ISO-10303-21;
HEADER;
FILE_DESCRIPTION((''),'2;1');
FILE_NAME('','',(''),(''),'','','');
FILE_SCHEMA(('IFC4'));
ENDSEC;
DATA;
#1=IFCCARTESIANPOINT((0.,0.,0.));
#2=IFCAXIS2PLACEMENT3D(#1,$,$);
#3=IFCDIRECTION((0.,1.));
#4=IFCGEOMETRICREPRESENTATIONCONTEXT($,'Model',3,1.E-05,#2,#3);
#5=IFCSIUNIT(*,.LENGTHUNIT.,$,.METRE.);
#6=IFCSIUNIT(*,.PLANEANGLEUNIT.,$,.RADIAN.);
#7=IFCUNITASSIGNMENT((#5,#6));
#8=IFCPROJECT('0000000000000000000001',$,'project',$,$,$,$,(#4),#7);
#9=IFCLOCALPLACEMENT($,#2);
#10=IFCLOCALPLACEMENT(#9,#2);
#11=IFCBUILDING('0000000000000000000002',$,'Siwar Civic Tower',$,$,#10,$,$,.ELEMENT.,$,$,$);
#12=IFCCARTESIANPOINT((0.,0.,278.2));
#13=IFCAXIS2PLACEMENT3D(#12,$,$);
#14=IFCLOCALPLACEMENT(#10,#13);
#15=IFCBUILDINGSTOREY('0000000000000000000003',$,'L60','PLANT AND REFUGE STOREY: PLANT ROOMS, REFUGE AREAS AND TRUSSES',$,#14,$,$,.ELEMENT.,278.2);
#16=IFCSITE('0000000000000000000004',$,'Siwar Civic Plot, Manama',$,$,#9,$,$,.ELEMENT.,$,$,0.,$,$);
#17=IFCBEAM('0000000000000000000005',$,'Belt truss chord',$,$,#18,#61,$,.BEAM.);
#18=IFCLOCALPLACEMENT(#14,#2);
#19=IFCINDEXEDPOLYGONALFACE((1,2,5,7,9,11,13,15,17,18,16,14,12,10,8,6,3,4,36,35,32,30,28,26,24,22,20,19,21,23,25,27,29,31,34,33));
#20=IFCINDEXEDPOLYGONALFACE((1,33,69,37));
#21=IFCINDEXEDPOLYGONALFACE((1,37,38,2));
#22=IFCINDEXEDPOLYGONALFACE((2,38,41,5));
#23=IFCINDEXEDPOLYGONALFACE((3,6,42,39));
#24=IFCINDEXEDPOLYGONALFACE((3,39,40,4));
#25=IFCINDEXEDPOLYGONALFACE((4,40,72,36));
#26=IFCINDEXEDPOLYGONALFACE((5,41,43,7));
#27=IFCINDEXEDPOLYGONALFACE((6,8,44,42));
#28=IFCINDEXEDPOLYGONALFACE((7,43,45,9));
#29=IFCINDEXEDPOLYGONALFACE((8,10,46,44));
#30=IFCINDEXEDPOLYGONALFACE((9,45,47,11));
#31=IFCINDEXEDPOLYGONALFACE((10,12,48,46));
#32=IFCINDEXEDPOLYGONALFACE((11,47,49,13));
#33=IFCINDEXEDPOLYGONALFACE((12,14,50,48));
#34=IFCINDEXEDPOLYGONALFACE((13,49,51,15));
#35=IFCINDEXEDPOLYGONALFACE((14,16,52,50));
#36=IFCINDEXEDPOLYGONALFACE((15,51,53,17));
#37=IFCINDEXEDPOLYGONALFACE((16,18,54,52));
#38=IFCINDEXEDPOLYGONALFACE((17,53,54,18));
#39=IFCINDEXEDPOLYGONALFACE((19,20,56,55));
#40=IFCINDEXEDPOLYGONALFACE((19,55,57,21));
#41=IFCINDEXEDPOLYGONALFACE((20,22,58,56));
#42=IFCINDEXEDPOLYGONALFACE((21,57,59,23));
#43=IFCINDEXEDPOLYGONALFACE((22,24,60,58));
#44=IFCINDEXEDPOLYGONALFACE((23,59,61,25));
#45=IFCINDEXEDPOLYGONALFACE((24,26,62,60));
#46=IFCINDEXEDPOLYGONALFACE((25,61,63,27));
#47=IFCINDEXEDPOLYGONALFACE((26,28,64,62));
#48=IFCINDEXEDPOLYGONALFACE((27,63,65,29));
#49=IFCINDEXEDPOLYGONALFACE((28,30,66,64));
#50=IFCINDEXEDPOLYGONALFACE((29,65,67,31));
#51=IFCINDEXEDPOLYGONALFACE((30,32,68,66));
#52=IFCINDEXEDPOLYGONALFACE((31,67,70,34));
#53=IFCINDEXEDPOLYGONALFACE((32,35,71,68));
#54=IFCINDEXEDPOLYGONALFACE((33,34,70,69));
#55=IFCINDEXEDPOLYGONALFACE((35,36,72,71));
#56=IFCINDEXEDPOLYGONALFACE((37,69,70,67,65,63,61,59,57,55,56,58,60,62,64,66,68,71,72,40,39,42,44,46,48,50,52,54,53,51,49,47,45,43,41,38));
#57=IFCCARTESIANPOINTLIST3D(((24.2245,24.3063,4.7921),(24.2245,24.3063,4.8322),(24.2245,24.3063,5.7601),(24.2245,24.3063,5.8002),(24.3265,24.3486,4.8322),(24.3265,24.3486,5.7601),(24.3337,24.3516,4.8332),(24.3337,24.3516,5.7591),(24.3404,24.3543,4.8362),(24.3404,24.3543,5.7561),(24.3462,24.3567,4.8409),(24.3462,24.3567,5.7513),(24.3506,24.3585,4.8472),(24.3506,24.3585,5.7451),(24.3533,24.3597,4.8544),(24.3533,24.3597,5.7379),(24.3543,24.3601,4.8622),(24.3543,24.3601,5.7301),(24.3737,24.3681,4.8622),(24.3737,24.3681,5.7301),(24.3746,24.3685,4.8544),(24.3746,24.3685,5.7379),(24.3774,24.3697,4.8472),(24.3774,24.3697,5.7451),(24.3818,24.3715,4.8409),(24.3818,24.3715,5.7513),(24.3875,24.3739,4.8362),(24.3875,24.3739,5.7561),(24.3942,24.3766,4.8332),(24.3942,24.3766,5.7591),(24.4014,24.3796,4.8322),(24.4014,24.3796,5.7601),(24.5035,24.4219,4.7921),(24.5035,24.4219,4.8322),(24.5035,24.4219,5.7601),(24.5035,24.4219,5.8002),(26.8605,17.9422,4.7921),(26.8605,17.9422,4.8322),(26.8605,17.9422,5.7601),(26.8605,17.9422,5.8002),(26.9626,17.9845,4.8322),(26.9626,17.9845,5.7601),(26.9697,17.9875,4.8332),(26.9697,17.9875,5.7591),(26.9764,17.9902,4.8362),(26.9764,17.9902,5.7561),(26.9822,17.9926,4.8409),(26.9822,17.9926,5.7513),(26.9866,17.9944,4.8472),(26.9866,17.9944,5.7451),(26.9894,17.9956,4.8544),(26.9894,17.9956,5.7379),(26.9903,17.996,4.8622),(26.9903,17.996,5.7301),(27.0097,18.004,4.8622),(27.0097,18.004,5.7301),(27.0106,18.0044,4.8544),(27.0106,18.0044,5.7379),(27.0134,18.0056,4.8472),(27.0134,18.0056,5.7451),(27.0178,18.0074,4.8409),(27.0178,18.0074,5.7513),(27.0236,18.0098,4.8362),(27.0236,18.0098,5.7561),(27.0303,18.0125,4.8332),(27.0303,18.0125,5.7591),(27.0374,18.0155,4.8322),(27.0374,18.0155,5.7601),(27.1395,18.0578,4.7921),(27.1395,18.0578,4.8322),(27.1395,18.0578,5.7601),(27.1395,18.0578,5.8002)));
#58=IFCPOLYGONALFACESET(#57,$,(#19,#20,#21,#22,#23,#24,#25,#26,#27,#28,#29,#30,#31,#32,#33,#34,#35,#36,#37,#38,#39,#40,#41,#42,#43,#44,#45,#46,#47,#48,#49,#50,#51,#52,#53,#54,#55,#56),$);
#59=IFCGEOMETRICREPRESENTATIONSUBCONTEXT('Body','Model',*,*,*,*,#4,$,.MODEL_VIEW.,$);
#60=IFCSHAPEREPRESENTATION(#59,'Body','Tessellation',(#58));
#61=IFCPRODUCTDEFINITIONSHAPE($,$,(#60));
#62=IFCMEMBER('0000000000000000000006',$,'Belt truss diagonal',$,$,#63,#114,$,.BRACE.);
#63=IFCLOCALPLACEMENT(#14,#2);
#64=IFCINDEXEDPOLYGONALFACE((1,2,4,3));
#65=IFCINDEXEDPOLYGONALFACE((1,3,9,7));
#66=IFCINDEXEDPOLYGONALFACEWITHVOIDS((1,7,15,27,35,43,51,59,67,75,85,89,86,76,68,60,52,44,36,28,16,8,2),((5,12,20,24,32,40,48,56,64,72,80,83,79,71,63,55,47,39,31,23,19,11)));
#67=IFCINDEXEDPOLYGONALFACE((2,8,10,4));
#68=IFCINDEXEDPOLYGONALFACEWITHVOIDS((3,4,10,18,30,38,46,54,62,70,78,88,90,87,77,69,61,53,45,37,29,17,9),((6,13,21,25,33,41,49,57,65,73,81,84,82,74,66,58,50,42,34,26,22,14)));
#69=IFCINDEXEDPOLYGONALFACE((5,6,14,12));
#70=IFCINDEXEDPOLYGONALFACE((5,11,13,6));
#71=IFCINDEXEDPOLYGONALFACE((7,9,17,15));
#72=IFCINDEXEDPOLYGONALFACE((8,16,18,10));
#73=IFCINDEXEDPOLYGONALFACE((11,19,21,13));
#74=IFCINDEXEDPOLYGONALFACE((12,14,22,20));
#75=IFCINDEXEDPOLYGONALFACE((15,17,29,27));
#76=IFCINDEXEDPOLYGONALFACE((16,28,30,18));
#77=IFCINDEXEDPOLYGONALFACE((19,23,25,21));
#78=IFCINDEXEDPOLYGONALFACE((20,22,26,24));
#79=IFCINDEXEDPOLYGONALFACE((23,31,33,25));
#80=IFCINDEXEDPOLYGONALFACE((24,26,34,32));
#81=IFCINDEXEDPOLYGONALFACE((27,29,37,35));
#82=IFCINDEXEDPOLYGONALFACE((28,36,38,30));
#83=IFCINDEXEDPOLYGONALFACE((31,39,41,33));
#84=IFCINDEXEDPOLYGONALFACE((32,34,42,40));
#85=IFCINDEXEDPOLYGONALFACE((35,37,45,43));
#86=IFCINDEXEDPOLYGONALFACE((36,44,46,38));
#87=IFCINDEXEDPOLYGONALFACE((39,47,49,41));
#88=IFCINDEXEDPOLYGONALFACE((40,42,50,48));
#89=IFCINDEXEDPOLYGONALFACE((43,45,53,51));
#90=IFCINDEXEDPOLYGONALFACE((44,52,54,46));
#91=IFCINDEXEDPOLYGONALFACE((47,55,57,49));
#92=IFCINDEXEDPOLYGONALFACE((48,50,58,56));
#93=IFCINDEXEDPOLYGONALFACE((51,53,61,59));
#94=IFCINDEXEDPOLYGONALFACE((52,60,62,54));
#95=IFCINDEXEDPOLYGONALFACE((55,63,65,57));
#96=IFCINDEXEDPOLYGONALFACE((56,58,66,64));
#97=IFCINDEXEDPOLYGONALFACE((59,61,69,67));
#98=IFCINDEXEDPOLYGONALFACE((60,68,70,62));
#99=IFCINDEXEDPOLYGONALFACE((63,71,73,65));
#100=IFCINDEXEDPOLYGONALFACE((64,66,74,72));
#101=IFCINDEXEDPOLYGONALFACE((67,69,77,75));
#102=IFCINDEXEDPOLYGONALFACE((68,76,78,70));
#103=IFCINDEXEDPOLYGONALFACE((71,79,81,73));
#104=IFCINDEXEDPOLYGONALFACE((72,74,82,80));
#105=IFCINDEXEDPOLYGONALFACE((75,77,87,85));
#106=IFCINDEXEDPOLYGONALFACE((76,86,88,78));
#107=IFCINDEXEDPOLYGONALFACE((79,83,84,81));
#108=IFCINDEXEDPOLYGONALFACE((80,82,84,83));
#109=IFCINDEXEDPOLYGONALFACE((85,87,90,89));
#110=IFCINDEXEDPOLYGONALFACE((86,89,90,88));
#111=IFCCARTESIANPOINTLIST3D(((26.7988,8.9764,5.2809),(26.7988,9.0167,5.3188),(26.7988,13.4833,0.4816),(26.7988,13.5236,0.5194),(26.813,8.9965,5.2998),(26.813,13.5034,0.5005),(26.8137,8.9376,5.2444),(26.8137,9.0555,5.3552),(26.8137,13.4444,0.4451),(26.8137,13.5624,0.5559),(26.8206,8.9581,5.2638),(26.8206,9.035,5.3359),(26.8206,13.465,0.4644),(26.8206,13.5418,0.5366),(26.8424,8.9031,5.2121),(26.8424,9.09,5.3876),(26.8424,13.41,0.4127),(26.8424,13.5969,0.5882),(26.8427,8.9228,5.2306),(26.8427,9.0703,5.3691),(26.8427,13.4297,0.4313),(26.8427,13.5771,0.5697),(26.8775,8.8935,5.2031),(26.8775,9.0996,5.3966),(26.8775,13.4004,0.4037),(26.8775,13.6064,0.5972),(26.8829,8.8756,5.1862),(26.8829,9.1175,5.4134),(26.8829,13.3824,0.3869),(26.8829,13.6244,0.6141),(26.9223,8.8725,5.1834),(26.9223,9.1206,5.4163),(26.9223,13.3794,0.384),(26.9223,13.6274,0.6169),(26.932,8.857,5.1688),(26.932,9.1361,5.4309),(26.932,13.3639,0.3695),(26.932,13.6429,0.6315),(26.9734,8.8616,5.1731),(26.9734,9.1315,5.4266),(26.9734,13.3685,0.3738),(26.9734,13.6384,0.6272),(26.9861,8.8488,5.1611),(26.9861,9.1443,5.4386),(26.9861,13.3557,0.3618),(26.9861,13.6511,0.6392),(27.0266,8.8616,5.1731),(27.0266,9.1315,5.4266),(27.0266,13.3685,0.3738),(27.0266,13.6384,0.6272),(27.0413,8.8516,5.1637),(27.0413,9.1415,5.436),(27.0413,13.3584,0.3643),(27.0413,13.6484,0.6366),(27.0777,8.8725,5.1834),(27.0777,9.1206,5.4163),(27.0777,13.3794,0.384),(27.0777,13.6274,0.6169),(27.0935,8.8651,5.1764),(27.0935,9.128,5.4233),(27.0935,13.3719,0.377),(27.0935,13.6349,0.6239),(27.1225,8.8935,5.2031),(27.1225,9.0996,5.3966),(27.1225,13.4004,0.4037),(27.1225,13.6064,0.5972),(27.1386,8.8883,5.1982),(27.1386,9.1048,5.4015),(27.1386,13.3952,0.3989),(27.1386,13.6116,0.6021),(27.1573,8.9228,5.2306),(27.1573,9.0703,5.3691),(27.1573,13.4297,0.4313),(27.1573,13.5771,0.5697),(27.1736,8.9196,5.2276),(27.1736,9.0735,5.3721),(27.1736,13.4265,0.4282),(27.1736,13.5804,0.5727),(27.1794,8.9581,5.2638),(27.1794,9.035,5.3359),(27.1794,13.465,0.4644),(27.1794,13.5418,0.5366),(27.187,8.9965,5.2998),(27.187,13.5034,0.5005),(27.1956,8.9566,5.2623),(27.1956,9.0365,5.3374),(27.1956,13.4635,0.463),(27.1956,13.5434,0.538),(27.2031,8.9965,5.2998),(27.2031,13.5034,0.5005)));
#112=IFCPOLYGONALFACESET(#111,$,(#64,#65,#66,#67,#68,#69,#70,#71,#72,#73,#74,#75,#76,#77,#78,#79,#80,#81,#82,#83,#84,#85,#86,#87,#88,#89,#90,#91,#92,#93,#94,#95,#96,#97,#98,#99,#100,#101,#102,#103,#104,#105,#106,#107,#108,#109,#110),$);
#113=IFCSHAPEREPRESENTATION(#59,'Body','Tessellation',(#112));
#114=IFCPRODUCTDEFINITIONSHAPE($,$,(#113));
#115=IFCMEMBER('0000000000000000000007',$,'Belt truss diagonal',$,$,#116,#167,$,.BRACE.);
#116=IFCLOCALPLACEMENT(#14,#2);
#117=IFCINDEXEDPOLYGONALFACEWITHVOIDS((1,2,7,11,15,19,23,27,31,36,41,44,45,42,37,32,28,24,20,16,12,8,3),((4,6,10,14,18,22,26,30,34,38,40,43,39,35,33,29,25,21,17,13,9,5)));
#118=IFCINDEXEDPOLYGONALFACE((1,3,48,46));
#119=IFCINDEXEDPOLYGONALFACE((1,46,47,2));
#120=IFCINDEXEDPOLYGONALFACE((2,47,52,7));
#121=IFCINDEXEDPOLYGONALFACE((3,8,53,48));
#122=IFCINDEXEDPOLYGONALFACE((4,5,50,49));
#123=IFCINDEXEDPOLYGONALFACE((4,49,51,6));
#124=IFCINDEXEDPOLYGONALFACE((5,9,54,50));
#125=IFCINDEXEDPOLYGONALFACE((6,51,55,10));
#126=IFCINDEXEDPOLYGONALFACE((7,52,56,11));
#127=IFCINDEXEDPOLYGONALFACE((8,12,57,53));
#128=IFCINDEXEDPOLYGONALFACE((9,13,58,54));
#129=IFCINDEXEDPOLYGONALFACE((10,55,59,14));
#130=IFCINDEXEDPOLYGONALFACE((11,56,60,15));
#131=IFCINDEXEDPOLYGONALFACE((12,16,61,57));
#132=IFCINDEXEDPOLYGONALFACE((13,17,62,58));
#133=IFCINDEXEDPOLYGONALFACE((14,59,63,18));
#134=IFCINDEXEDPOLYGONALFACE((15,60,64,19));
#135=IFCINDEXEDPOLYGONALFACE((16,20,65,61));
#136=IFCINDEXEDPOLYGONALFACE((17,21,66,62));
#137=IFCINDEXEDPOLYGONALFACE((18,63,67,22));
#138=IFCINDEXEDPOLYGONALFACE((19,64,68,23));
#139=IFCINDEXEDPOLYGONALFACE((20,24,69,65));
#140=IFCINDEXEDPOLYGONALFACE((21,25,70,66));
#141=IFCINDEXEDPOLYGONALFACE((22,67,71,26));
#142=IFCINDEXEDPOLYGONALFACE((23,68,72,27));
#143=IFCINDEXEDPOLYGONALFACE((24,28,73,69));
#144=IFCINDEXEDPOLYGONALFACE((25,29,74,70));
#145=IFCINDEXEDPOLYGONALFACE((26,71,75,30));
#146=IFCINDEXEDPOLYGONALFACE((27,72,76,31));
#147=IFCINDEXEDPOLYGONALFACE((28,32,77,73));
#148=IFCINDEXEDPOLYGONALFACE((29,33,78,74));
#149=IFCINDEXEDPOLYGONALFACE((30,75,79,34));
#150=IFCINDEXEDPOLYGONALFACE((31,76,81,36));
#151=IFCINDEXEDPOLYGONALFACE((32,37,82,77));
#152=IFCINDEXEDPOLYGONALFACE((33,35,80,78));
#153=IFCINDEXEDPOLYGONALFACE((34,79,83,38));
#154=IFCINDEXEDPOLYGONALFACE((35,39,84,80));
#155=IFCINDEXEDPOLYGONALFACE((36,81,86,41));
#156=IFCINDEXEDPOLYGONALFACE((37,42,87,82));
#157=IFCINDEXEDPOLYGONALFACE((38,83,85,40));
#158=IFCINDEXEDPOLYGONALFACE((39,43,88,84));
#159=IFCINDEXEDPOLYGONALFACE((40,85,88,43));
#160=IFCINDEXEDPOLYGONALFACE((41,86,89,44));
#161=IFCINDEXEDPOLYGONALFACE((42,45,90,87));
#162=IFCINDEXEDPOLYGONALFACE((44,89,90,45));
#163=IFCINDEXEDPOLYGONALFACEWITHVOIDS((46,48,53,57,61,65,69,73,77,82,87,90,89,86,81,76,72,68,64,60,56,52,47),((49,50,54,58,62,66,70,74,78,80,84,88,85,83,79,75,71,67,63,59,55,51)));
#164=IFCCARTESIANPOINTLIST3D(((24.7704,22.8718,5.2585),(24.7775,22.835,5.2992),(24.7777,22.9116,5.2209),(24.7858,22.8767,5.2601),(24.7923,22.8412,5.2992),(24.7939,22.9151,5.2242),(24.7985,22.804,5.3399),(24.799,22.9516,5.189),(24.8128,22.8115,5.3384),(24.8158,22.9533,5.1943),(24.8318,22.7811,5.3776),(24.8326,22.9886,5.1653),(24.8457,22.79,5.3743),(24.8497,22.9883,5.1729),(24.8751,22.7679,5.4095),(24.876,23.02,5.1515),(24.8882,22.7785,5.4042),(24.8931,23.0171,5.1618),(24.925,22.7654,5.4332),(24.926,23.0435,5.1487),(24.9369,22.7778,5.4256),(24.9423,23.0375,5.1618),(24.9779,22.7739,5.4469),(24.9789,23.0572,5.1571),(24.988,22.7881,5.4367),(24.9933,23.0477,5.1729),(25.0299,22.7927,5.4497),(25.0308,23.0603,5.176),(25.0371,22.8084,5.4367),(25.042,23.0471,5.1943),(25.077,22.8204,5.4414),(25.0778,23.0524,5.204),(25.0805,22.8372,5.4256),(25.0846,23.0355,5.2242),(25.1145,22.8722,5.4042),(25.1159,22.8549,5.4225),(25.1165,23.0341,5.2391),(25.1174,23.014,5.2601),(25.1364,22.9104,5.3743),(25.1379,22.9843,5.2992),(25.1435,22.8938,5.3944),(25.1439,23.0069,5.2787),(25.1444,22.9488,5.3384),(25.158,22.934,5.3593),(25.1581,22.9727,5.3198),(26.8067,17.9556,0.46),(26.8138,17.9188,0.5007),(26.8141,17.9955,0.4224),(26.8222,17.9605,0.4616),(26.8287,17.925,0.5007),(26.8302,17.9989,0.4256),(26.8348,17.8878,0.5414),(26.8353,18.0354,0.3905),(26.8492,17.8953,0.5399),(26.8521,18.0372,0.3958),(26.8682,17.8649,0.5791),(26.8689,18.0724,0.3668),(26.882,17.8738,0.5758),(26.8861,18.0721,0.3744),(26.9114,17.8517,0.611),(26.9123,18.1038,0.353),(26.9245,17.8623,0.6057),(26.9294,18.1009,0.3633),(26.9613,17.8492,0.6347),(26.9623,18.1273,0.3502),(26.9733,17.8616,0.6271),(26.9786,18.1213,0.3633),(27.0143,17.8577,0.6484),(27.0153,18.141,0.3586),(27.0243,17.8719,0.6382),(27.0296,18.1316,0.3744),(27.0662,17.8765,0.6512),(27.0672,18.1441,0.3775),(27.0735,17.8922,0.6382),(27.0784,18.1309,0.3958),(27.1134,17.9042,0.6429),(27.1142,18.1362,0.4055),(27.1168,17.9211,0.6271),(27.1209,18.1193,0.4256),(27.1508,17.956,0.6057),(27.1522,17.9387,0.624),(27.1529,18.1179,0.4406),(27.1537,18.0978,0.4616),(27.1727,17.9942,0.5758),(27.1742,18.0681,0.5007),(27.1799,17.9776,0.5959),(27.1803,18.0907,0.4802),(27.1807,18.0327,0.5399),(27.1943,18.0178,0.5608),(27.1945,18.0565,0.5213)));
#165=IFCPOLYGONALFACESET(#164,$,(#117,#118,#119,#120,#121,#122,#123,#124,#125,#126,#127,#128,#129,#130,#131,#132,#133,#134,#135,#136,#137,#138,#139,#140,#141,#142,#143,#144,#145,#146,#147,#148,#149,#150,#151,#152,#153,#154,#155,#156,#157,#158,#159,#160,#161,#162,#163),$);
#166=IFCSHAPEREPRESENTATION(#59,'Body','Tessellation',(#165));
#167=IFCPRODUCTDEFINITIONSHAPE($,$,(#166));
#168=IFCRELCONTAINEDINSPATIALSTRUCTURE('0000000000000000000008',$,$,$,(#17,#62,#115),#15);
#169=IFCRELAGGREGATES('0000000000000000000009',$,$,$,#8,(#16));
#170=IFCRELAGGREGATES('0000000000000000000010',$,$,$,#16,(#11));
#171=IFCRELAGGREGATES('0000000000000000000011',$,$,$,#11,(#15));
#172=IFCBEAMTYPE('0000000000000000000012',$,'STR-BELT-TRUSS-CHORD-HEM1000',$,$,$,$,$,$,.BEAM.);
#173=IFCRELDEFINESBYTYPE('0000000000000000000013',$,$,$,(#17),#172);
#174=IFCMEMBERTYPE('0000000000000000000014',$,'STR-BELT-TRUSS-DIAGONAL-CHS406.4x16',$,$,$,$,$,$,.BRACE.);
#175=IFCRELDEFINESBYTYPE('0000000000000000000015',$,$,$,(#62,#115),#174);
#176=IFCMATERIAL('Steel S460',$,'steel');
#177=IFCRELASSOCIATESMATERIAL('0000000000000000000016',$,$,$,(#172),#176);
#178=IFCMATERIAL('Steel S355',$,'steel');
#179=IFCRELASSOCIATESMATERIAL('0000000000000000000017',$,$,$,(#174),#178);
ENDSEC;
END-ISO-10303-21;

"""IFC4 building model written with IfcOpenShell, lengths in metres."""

from ifc_helpers import new_model, si_unit, direction, frame, origin, origin_2d, place, context, subcontext, project, spatial, hollow_circle, i_section, extrude, material, material_profile, profile_set, type_object, element, save


model = new_model("IFC4")

# Units and contexts
model_context = context("Model", 3, precision=1e-05, world=origin(), true_north=direction((0.0, 1.0)))
body_context = subcontext(model_context, "Body", "Model", "MODEL_VIEW")
ifc_project = project(units=[si_unit("LENGTHUNIT", "METRE"), si_unit("PLANEANGLEUNIT", "RADIAN")], contexts=[model_context])

# Site, building, storey
site_placement = place(None, origin())
site = spatial("IfcSite", under=ifc_project, at=site_placement, Name="Siwar Civic Plot, Manama", CompositionType="ELEMENT", RefElevation=0.0)
building_placement = place(site_placement, origin())
building = spatial("IfcBuilding", under=site, at=building_placement, Name="Siwar Civic Tower", CompositionType="ELEMENT")
storey_placement = place(building_placement, frame((0.0, 0.0, 278.2)))
storey = spatial("IfcBuildingStorey", under=building, at=storey_placement, Name="L60", Description="PLANT AND REFUGE STOREY: PLANT ROOMS, REFUGE AREAS AND TRUSSES", CompositionType="ELEMENT", Elevation=278.2)

# Beam
ifc_material_1 = material(Name="Steel S460", Category="steel")
ifc_material_profile_1 = material_profile(ifc_material_1, i_section(OverallWidth=0.302, OverallDepth=1.0081, WebThickness=0.021, FlangeThickness=0.04, FilletRadius=0.03, at=origin_2d()), Name="HEM1000")
ifc_profile_set_1 = profile_set([ifc_material_profile_1], Name="Steel S460")
beam_type_1 = type_object("IfcBeamType", Name="STR-BELT-TRUSS-CHORD-HEM1000", PredefinedType="BEAM", material=ifc_profile_set_1)
for number, where, z_axis, x_axis, name in (
    (1, (27.0, 18.0, 5.2961), (-0.382674, 0.923883, 0.0), (-0.923883, -0.382674, 0.0), "Belt truss chord"),
):
    element("IfcBeam", number, at=place(storey_placement, frame(where, z_axis=z_axis, x_axis=x_axis)), inside=storey, type_object=beam_type_1, Name=name, PredefinedType="BEAM", context=body_context, shape_type="SweptSolid", body=[
        extrude(i_section(OverallWidth=0.302, OverallDepth=1.0081, WebThickness=0.021, FlangeThickness=0.04, FilletRadius=0.03, at=origin_2d()), origin(), (0.0, 0.0, 1.0), 6.8884),
    ])

# Members
ifc_material_2 = material(Name="Steel S355", Category="steel")
ifc_material_profile_2 = material_profile(ifc_material_2, hollow_circle(Radius=0.2031, WallThickness=0.0161, at=origin_2d()), Name="CHS406.4x16")
ifc_profile_set_2 = profile_set([ifc_material_profile_2], Name="Steel S355")
member_type_1 = type_object("IfcMemberType", Name="STR-BELT-TRUSS-DIAGONAL-CHS406.4x16", PredefinedType="BRACE", material=ifc_profile_set_2)
member_1_placement = place(storey_placement, frame((27.0, 13.5034, 0.5005), z_axis=(0.0, -0.684545, 0.72897), x_axis=(1.0, 0.0, 0.0)))
element("IfcMember", 2, at=member_1_placement, inside=storey, type_object=member_type_1, Name="Belt truss diagonal", PredefinedType="BRACE", context=body_context, shape_type="SweptSolid", body=[
    extrude(hollow_circle(Radius=0.2031, WallThickness=0.0161, at=origin_2d()), origin(), (0.0, 0.0, 1.0), 6.5837),
])
member_2_placement = place(storey_placement, frame((27.0015, 17.9966, 0.5007), z_axis=(-0.284196, 0.686112, 0.669689), x_axis=(-0.92388, -0.382683, 0.0)))
element("IfcMember", 3, at=member_2_placement, inside=storey, type_object=member_type_1, Name="Belt truss diagonal", PredefinedType="BRACE", context=body_context, shape_type="SweptSolid", body=[
    extrude(hollow_circle(Radius=0.2031, WallThickness=0.0161, at=origin_2d()), origin(), (0.0, 0.0, 1.0), 7.1653),
])

save(model, "model.ifc")
